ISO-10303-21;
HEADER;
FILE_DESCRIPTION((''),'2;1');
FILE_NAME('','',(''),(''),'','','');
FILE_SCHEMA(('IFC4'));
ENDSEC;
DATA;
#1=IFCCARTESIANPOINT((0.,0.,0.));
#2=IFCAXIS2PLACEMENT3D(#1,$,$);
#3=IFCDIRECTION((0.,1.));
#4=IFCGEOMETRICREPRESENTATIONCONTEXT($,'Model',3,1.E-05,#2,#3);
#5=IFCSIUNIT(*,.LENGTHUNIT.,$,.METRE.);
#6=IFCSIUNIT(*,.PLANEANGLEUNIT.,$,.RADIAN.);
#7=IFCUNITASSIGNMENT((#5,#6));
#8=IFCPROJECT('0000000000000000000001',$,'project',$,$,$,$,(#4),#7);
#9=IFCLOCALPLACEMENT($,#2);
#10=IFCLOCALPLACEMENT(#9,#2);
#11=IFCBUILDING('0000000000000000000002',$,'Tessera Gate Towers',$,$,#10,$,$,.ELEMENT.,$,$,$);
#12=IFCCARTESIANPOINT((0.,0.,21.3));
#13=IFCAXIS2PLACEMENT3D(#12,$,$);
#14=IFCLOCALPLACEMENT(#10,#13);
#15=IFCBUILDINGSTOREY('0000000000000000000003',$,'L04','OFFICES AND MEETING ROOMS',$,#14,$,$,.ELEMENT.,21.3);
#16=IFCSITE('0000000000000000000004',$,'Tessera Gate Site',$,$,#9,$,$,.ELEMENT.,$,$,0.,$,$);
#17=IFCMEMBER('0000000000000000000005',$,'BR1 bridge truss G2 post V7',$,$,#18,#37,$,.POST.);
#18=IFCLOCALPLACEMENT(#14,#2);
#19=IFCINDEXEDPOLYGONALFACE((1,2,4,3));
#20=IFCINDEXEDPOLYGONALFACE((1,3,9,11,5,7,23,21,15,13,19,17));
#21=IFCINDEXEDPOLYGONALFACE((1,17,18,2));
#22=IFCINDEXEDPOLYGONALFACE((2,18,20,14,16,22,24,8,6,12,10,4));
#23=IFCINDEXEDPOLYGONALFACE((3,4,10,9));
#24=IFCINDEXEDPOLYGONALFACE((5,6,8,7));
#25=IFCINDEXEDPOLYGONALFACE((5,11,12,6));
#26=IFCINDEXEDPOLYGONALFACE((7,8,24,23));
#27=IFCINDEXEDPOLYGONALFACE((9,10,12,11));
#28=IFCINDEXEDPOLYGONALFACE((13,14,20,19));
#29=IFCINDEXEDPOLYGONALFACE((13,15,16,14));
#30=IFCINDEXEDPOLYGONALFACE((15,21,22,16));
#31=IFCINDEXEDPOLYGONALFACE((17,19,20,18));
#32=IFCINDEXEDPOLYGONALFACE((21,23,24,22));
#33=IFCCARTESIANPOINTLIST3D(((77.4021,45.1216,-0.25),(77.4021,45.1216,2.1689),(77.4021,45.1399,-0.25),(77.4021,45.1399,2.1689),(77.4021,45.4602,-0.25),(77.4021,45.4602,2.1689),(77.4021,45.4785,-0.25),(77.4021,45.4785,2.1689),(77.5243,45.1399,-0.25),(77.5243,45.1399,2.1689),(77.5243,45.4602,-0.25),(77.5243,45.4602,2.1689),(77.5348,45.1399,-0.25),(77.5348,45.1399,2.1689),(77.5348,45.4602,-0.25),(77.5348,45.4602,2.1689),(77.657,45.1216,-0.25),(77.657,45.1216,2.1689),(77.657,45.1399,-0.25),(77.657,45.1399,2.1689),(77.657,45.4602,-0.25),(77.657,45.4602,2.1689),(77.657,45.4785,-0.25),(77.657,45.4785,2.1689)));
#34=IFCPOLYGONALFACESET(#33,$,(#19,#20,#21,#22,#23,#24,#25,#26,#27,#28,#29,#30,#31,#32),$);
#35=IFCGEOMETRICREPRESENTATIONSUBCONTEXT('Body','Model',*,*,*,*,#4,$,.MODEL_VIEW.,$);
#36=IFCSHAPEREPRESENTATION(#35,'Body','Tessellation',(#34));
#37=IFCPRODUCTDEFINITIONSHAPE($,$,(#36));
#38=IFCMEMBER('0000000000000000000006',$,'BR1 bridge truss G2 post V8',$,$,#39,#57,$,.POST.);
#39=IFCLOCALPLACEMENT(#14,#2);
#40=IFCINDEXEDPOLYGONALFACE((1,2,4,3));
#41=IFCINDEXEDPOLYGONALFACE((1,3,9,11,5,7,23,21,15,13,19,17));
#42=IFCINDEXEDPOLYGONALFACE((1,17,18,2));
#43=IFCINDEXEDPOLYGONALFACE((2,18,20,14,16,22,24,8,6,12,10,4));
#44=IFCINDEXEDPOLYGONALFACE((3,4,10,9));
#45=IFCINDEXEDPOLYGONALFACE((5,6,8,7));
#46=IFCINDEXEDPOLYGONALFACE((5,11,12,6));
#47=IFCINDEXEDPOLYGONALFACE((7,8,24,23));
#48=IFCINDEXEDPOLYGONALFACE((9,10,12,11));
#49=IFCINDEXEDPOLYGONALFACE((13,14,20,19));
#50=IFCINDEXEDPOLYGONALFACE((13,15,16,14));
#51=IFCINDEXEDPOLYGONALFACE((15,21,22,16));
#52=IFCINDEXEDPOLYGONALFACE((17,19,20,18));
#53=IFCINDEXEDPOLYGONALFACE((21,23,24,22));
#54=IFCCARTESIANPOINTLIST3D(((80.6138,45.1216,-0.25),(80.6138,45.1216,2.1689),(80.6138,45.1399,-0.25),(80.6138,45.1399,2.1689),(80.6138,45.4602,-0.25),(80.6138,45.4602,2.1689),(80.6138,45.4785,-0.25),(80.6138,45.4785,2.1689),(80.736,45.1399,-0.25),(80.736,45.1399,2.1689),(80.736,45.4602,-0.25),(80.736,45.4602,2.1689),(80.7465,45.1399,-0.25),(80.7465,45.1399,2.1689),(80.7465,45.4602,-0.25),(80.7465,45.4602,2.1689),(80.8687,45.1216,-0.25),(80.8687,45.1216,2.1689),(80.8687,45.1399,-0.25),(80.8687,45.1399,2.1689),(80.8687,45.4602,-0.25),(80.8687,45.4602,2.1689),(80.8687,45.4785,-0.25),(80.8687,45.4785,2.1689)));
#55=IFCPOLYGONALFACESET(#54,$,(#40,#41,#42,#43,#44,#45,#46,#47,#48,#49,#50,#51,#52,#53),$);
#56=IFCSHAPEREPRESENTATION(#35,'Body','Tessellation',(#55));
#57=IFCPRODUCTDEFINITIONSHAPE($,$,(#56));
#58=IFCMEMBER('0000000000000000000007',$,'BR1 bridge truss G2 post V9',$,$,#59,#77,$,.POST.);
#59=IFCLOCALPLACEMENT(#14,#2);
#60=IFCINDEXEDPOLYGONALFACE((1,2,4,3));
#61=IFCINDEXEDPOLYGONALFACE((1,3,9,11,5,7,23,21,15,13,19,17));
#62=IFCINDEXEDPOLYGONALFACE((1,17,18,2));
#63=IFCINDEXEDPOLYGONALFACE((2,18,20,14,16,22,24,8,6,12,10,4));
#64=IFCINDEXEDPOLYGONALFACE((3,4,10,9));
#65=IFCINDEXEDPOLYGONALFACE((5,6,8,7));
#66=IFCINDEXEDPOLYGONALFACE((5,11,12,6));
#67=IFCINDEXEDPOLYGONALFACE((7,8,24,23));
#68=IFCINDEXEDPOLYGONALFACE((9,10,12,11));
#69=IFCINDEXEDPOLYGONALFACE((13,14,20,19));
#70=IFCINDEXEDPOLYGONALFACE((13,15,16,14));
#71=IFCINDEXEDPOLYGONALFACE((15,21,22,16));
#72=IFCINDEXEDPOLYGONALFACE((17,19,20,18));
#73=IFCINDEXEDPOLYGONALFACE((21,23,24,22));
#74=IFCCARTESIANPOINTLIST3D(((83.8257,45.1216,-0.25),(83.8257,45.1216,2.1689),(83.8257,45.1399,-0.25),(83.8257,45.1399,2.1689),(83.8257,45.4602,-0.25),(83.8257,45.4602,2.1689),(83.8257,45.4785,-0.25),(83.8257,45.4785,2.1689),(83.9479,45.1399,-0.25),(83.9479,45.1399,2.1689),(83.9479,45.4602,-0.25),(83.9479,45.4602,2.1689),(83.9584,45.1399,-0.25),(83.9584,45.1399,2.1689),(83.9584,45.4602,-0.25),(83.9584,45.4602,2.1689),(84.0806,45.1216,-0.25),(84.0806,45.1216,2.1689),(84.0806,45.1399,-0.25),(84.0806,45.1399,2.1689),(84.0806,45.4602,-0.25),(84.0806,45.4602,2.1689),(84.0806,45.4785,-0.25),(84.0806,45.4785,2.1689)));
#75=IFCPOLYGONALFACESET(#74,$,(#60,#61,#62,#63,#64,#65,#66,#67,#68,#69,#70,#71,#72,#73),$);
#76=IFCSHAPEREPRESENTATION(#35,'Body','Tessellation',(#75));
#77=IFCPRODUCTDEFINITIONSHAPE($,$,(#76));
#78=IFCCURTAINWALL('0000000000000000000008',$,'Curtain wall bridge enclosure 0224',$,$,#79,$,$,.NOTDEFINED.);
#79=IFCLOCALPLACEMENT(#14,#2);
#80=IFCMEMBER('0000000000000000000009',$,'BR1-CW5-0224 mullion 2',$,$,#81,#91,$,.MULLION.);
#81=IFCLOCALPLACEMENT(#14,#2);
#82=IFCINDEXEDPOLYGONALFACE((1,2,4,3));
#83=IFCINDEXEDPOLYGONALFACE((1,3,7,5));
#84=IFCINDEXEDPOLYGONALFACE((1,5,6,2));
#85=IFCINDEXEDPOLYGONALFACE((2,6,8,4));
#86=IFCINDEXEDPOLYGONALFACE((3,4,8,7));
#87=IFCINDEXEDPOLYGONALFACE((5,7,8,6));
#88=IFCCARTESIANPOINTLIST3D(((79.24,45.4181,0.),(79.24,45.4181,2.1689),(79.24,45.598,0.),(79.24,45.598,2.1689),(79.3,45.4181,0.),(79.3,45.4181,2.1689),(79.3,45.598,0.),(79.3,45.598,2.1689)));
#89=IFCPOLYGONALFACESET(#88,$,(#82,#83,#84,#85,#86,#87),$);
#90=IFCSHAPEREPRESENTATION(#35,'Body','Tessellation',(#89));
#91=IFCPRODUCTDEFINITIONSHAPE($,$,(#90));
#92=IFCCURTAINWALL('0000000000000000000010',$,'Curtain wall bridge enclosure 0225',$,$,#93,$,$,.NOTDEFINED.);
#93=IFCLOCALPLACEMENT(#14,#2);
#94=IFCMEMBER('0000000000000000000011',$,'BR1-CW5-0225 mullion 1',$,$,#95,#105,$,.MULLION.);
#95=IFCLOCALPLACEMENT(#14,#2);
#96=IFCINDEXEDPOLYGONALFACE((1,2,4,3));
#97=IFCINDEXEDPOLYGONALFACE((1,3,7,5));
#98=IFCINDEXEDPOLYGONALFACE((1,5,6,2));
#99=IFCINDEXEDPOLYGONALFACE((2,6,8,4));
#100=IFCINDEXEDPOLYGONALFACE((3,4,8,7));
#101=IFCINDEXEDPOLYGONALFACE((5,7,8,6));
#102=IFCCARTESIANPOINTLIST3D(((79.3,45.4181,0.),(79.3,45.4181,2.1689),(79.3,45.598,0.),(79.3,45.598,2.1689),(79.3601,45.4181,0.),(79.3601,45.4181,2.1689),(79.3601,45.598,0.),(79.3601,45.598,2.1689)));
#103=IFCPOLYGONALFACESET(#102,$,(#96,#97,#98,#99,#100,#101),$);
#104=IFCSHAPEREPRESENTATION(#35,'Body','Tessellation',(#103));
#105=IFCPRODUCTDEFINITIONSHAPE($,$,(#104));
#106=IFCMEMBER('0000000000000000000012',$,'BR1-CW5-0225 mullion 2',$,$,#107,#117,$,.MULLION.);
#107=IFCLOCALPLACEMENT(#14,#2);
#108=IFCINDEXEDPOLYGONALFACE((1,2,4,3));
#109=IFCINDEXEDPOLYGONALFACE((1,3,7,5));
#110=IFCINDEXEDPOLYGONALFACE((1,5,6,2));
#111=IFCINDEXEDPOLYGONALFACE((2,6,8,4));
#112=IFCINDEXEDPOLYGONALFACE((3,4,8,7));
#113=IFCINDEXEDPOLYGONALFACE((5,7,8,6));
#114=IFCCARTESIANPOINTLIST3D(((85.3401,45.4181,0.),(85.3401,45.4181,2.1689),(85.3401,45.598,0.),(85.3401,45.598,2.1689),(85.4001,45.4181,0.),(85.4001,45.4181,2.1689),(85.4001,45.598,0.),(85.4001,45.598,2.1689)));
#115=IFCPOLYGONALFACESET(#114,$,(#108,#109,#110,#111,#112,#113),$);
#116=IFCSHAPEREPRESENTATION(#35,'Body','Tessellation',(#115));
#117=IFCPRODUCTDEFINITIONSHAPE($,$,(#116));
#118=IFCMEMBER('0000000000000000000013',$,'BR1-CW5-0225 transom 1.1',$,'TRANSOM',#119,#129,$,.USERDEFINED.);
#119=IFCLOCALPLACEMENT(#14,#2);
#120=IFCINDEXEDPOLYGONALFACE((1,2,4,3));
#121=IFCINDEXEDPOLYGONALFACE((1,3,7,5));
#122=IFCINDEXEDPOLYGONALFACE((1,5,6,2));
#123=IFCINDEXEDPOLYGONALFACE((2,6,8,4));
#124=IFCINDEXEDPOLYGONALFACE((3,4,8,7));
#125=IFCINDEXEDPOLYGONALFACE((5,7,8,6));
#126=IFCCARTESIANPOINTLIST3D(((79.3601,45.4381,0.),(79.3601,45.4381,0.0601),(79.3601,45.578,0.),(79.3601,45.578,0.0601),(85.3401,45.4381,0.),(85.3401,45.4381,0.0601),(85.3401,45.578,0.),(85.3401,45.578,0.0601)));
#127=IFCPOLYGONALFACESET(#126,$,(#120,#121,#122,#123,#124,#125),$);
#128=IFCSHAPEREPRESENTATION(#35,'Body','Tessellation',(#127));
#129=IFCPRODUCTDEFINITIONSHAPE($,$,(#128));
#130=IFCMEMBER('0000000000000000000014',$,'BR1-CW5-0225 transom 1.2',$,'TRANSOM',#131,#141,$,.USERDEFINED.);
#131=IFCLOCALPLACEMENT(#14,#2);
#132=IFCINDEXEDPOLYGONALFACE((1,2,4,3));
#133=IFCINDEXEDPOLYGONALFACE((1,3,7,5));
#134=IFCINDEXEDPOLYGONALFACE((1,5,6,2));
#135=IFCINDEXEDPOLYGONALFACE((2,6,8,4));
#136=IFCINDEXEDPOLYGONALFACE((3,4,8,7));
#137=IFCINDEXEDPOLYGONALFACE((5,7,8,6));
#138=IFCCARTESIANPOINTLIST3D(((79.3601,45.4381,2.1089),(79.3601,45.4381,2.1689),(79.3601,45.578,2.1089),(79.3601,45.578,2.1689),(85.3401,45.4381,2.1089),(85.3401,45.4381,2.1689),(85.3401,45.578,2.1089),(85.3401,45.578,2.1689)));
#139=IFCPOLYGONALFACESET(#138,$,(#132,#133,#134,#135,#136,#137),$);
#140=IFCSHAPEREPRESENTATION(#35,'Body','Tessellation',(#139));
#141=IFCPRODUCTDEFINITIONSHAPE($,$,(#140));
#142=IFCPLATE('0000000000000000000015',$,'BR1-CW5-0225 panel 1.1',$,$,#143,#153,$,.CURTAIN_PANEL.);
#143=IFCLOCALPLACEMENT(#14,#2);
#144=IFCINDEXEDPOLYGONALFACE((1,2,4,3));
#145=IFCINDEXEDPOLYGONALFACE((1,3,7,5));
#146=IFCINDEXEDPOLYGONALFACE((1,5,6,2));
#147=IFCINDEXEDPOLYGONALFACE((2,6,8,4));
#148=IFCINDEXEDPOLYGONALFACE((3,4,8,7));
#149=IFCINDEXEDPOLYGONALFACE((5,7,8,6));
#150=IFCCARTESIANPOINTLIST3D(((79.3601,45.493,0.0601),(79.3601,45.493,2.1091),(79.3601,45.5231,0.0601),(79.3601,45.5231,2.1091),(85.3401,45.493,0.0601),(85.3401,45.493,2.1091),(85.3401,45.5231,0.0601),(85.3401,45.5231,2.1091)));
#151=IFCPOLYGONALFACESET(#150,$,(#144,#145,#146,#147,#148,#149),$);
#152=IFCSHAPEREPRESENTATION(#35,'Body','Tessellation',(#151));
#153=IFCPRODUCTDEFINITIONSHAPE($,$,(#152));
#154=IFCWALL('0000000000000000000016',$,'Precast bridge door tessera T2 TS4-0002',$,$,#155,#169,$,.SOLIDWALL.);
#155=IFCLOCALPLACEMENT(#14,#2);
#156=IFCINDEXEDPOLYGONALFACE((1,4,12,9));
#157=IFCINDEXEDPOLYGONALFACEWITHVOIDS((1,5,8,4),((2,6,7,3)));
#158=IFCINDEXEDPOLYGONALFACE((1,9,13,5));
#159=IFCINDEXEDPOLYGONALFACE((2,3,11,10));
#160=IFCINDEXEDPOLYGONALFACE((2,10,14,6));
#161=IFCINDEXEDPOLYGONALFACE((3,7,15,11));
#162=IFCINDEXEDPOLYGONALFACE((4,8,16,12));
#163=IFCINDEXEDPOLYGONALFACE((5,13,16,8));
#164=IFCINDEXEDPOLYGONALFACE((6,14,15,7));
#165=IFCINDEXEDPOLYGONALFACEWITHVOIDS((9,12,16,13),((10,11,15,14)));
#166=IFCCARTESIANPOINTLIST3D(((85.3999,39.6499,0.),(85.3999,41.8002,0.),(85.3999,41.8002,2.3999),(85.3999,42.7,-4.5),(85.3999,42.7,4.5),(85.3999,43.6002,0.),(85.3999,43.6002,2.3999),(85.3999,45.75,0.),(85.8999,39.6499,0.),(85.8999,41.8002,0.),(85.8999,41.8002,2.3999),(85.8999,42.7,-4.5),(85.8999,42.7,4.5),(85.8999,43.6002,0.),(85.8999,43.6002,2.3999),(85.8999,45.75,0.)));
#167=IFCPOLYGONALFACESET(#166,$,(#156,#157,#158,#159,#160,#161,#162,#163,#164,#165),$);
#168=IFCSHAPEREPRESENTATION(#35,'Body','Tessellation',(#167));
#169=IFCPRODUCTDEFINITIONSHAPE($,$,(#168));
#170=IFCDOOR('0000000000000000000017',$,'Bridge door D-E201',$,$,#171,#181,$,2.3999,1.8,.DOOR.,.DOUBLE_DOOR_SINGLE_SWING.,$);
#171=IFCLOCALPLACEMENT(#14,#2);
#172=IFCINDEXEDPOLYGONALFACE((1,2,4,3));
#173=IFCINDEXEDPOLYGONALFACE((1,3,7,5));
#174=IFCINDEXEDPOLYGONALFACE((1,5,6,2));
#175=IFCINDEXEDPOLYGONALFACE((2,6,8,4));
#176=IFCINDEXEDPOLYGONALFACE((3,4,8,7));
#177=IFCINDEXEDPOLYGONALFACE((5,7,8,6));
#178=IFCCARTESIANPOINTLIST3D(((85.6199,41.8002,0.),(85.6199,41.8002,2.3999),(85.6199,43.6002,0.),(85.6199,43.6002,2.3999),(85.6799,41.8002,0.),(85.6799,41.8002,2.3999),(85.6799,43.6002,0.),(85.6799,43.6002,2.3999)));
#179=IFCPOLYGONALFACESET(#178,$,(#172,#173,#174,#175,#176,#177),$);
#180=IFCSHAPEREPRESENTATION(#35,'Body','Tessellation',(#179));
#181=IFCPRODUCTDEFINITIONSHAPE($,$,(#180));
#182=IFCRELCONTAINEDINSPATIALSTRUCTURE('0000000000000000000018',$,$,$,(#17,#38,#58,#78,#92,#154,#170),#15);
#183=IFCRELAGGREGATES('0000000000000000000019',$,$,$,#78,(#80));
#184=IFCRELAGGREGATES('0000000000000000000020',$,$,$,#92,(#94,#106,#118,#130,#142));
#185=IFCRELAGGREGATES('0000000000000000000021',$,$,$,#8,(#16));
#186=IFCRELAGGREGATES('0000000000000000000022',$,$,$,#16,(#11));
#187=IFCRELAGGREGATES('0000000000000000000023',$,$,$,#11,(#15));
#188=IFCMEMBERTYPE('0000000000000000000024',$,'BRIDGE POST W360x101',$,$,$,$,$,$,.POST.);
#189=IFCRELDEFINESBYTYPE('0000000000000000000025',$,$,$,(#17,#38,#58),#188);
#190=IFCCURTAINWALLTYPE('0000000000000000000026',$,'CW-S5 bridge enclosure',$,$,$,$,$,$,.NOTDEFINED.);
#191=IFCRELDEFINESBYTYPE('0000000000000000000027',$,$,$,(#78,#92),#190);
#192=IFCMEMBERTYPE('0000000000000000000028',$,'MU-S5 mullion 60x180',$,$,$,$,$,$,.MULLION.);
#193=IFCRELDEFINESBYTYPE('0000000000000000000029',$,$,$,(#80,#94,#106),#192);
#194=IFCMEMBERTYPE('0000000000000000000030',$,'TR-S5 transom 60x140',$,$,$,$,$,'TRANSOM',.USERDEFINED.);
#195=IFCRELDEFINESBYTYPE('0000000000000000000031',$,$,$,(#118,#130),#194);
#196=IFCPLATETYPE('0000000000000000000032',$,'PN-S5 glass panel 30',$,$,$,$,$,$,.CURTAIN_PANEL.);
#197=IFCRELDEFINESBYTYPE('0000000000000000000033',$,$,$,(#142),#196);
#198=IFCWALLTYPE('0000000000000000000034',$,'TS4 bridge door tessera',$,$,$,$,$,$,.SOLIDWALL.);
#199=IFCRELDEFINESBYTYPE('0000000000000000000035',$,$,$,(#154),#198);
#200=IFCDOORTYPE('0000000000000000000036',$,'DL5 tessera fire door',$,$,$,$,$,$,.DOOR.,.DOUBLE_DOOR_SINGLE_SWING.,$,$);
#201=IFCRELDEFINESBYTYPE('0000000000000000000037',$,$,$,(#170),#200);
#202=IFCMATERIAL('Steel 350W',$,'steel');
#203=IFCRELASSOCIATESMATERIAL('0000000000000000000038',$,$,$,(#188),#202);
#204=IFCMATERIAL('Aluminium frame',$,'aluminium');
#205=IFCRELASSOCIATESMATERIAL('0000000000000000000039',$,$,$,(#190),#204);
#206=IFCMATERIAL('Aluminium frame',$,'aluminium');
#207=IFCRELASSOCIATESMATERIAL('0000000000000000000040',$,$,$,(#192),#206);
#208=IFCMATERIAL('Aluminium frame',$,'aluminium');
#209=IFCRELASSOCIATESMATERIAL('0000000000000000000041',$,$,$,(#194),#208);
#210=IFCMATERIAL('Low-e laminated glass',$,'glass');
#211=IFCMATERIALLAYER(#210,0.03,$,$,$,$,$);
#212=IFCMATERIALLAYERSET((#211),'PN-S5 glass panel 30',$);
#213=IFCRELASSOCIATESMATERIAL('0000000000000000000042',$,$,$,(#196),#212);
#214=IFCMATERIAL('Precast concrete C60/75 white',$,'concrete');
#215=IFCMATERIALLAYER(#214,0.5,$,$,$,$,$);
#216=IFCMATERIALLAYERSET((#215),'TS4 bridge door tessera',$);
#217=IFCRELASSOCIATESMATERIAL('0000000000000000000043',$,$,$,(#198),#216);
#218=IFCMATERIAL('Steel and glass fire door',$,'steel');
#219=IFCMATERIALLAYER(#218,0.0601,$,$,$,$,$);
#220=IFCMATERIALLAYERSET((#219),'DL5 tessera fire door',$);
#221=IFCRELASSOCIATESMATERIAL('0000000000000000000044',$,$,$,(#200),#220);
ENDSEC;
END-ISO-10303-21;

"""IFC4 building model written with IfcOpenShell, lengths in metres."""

from ifc_helpers import new_model, si_unit, direction, frame, frame_2d, origin, origin_2d, place, context, subcontext, project, spatial, polyline, rectangle, i_section, outline, extrude, source, transform, mapped, material, layer, layer_set, material_profile, profile_set, type_object, element, fill, aggregate, save


model = new_model("IFC4")

# Units and contexts
model_context = context("Model", 3, precision=1e-05, world=origin(), true_north=direction((0.0, 1.0)))
body_context = subcontext(model_context, "Body", "Model", "MODEL_VIEW")
ifc_project = project(units=[si_unit("LENGTHUNIT", "METRE"), si_unit("PLANEANGLEUNIT", "RADIAN")], contexts=[model_context])

# Site, building, storey
site_placement = place(None, origin())
site = spatial("IfcSite", under=ifc_project, at=site_placement, Name="Tessera Gate Site", CompositionType="ELEMENT", RefElevation=0.0)
building_placement = place(site_placement, origin())
building = spatial("IfcBuilding", under=site, at=building_placement, Name="Tessera Gate Towers", CompositionType="ELEMENT")
storey_placement = place(building_placement, frame((0.0, 0.0, 21.3)))
storey = spatial("IfcBuildingStorey", under=building, at=storey_placement, Name="L04", Description="OFFICES AND MEETING ROOMS", CompositionType="ELEMENT", Elevation=21.3)

# Members
ifc_material_1 = material(Name="Steel 350W", Category="steel")
ifc_material_profile_1 = material_profile(ifc_material_1, i_section(OverallWidth=0.2549, OverallDepth=0.3569, WebThickness=0.0105, FlangeThickness=0.0183, at=origin_2d()), Name="W360x101")
ifc_profile_set_1 = profile_set([ifc_material_profile_1], Name="Steel 350W")
member_type_1 = type_object("IfcMemberType", Name="BRIDGE POST W360x101", PredefinedType="POST", material=ifc_profile_set_1)
for number, where, z_axis, x_axis, name in (
    (1, (77.5295, 45.3, -0.25), (0.0, 0.0, 1.0), (1.0, 0.0, 0.0), "BR1 bridge truss G2 post V7"),
    (2, (80.7412, 45.3, -0.25), (0.0, 0.0, 1.0), (1.0, 0.0, 0.0), "BR1 bridge truss G2 post V8"),
    (3, (83.9531, 45.3, -0.25), (0.0, 0.0, 1.0), (1.0, 0.0, 0.0), "BR1 bridge truss G2 post V9"),
):
    element("IfcMember", number, at=place(storey_placement, frame(where, z_axis=z_axis, x_axis=x_axis)), inside=storey, type_object=member_type_1, Name=name, PredefinedType="POST", context=body_context, shape_type="SweptSolid", body=[
        extrude(i_section(OverallWidth=0.2549, OverallDepth=0.3569, WebThickness=0.0105, FlangeThickness=0.0183, at=origin_2d()), origin(), (0.0, 0.0, 1.0), 2.4189),
    ])

# Curtain wall, member
ifc_material_2 = material(Name="Aluminium frame", Category="aluminium")
curtain_wall_type = type_object("IfcCurtainWallType", Name="CW-S5 bridge enclosure", PredefinedType="NOTDEFINED", material=ifc_material_2)
curtain_wall_1_placement = place(storey_placement, origin())
curtain_wall_1 = element("IfcCurtainWall", 4, at=curtain_wall_1_placement, inside=storey, type_object=curtain_wall_type, Name="Curtain wall bridge enclosure 0224", PredefinedType="NOTDEFINED")
ifc_material_3 = material(Name="Aluminium frame", Category="aluminium")
ifc_material_profile_2 = material_profile(ifc_material_3, rectangle(XDim=0.0601, YDim=0.1799, at=origin_2d()), Name="AL 60x180")
ifc_profile_set_2 = profile_set([ifc_material_profile_2], Name="Aluminium frame")
member_type_2 = type_object("IfcMemberType", Name="MU-S5 mullion 60x180", PredefinedType="MULLION", material=ifc_profile_set_2)
member_1_placement = place(storey_placement, frame((79.27, 45.5081, 0.0), z_axis=(0.0, 0.0, 1.0), x_axis=(1.0, 0.0, 0.0)))
member_1 = element("IfcMember", 5, at=member_1_placement, type_object=member_type_2, Name="BR1-CW5-0224 mullion 2", PredefinedType="MULLION", context=body_context, shape_type="SweptSolid", body=[
    extrude(rectangle(XDim=0.0601, YDim=0.1799, at=origin_2d()), origin(), (0.0, 0.0, 1.0), 2.1689),
])
aggregate(curtain_wall_1, [member_1])

# Curtain wall, members, plate
curtain_wall_2_placement = place(storey_placement, origin())
curtain_wall_2 = element("IfcCurtainWall", 6, at=curtain_wall_2_placement, inside=storey, type_object=curtain_wall_type, Name="Curtain wall bridge enclosure 0225", PredefinedType="NOTDEFINED")
member_2_placement = place(storey_placement, frame((79.3301, 45.5081, 0.0), z_axis=(0.0, 0.0, 1.0), x_axis=(1.0, 0.0, 0.0)))
member_2 = element("IfcMember", 7, at=member_2_placement, type_object=member_type_2, Name="BR1-CW5-0225 mullion 1", PredefinedType="MULLION", context=body_context, shape_type="SweptSolid", body=[
    extrude(rectangle(XDim=0.0601, YDim=0.1799, at=origin_2d()), origin(), (0.0, 0.0, 1.0), 2.1689),
])
member_3_placement = place(storey_placement, frame((85.3701, 45.5081, 0.0), z_axis=(0.0, 0.0, 1.0), x_axis=(1.0, 0.0, 0.0)))
member_3 = element("IfcMember", 8, at=member_3_placement, type_object=member_type_2, Name="BR1-CW5-0225 mullion 2", PredefinedType="MULLION", context=body_context, shape_type="SweptSolid", body=[
    extrude(rectangle(XDim=0.0601, YDim=0.1799, at=origin_2d()), origin(), (0.0, 0.0, 1.0), 2.1689),
])
ifc_material_4 = material(Name="Aluminium frame", Category="aluminium")
ifc_material_profile_3 = material_profile(ifc_material_4, rectangle(XDim=0.1399, YDim=0.0601, at=origin_2d()), Name="AL 60x140")
ifc_profile_set_3 = profile_set([ifc_material_profile_3], Name="Aluminium frame")
member_type_3 = type_object("IfcMemberType", Name="TR-S5 transom 60x140", ElementType="TRANSOM", PredefinedType="USERDEFINED", material=ifc_profile_set_3)
member_4_placement = place(storey_placement, frame((79.3601, 45.5081, 0.03), z_axis=(1.0, 0.0, 0.0), x_axis=(0.0, 1.0, 0.0)))
member_4 = element("IfcMember", 9, at=member_4_placement, type_object=member_type_3, Name="BR1-CW5-0225 transom 1.1", ObjectType="TRANSOM", PredefinedType="USERDEFINED", context=body_context, shape_type="SweptSolid", body=[
    extrude(rectangle(XDim=0.1399, YDim=0.0601, at=origin_2d()), origin(), (0.0, 0.0, 1.0), 5.98),
])
member_5_placement = place(storey_placement, frame((79.3601, 45.5081, 2.1389), z_axis=(1.0, 0.0, 0.0), x_axis=(0.0, 1.0, 0.0)))
member_5 = element("IfcMember", 10, at=member_5_placement, type_object=member_type_3, Name="BR1-CW5-0225 transom 1.2", ObjectType="TRANSOM", PredefinedType="USERDEFINED", context=body_context, shape_type="SweptSolid", body=[
    extrude(rectangle(XDim=0.1399, YDim=0.0601, at=origin_2d()), origin(), (0.0, 0.0, 1.0), 5.98),
])
ifc_material_5 = material(Name="Low-e laminated glass", Category="glass")
ifc_layer_1 = layer(ifc_material_5, 0.03)
ifc_layer_set_1 = layer_set([ifc_layer_1], Name="PN-S5 glass panel 30")
plate_type = type_object("IfcPlateType", Name="PN-S5 glass panel 30", PredefinedType="CURTAIN_PANEL", material=ifc_layer_set_1)
plate_placement = place(storey_placement, frame((82.3501, 45.5081, 0.0601), z_axis=(0.0, 0.0, 1.0), x_axis=(1.0, 0.0, 0.0)))
plate = element("IfcPlate", 11, at=plate_placement, type_object=plate_type, Name="BR1-CW5-0225 panel 1.1", PredefinedType="CURTAIN_PANEL", context=body_context, shape_type="SweptSolid", body=[
    extrude(rectangle(XDim=5.98, YDim=0.03, at=origin_2d()), origin(), (0.0, 0.0, 1.0), 2.0491),
])
aggregate(curtain_wall_2, [member_2, member_3, member_4, member_5, plate])

# Wall, opening, door
ifc_material_6 = material(Name="Precast concrete C60/75 white", Category="concrete")
ifc_layer_2 = layer(ifc_material_6, 0.5)
ifc_layer_set_2 = layer_set([ifc_layer_2], Name="TS4 bridge door tessera")
wall_type = type_object("IfcWallType", Name="TS4 bridge door tessera", PredefinedType="SOLIDWALL", material=ifc_layer_set_2)
shared_shape_1 = source(origin(), body_context, "Body", "SweptSolid", [
    extrude(outline(polyline([(3.05, 0.0), (6.1001, 4.5), (3.05, 9.0), (0.0, 4.5), (3.05, 0.0)])), frame((0.0, 0.25, 0.0), z_axis=(0.0, -1.0, 0.0), x_axis=(1.0, 0.0, 0.0)), (0.0, 0.0, 1.0), 0.5),
])
wall_placement = place(storey_placement, frame((85.6499, 45.75, -4.5), z_axis=(0.0, 0.0, 1.0), x_axis=(0.0, -1.0, 0.0)))
wall = element("IfcWall", 12, at=wall_placement, inside=storey, type_object=wall_type, Name="Precast bridge door tessera T2 TS4-0002", PredefinedType="SOLIDWALL", context=body_context, shape_type="MappedRepresentation", body=[
    mapped(shared_shape_1, transform((0.0, 0.0, 0.0), scale=1.0)),
])
shared_shape_2 = source(origin(), body_context, "Body", "SweptSolid", [
    extrude(rectangle(XDim=1.8, YDim=2.3999, at=frame_2d((0.8999, 1.2))), frame((0.0, 0.26, 0.0), z_axis=(0.0, -1.0, 0.0), x_axis=(1.0, 0.0, 0.0)), (0.0, 0.0, 1.0), 0.52),
])
opening_placement = place(wall_placement, frame((2.1499, 0.0, 4.5)))
opening = element("IfcOpeningElement", 13, at=opening_placement, cuts=wall, PredefinedType="OPENING", context=body_context, shape_type="MappedRepresentation", body=[
    mapped(shared_shape_2, transform((0.0, 0.0, 0.0), scale=1.0)),
])
ifc_material_7 = material(Name="Steel and glass fire door", Category="steel")
ifc_layer_3 = layer(ifc_material_7, 0.0601)
ifc_layer_set_3 = layer_set([ifc_layer_3], Name="DL5 tessera fire door")
door_type = type_object("IfcDoorType", Name="DL5 tessera fire door", OperationType="DOUBLE_DOOR_SINGLE_SWING", PredefinedType="DOOR", material=ifc_layer_set_3)
shared_shape_3 = source(origin(), body_context, "Body", "SweptSolid", [
    extrude(rectangle(XDim=1.8, YDim=2.3999, at=frame_2d((0.8999, 1.2))), frame((0.0, 0.03, 0.0), z_axis=(0.0, -1.0, 0.0), x_axis=(1.0, 0.0, 0.0)), (0.0, 0.0, 1.0), 0.0601),
])
door_placement = place(opening_placement, origin())
door = element("IfcDoor", 14, at=door_placement, inside=storey, type_object=door_type, Name="Bridge door D-E201", OperationType="DOUBLE_DOOR_SINGLE_SWING", OverallHeight=2.3999, OverallWidth=1.8, PredefinedType="DOOR", context=body_context, shape_type="MappedRepresentation", body=[
    mapped(shared_shape_3, transform((0.0, 0.0, 0.0), scale=1.0)),
])
fill(opening, door)

save(model, "model.ifc")
